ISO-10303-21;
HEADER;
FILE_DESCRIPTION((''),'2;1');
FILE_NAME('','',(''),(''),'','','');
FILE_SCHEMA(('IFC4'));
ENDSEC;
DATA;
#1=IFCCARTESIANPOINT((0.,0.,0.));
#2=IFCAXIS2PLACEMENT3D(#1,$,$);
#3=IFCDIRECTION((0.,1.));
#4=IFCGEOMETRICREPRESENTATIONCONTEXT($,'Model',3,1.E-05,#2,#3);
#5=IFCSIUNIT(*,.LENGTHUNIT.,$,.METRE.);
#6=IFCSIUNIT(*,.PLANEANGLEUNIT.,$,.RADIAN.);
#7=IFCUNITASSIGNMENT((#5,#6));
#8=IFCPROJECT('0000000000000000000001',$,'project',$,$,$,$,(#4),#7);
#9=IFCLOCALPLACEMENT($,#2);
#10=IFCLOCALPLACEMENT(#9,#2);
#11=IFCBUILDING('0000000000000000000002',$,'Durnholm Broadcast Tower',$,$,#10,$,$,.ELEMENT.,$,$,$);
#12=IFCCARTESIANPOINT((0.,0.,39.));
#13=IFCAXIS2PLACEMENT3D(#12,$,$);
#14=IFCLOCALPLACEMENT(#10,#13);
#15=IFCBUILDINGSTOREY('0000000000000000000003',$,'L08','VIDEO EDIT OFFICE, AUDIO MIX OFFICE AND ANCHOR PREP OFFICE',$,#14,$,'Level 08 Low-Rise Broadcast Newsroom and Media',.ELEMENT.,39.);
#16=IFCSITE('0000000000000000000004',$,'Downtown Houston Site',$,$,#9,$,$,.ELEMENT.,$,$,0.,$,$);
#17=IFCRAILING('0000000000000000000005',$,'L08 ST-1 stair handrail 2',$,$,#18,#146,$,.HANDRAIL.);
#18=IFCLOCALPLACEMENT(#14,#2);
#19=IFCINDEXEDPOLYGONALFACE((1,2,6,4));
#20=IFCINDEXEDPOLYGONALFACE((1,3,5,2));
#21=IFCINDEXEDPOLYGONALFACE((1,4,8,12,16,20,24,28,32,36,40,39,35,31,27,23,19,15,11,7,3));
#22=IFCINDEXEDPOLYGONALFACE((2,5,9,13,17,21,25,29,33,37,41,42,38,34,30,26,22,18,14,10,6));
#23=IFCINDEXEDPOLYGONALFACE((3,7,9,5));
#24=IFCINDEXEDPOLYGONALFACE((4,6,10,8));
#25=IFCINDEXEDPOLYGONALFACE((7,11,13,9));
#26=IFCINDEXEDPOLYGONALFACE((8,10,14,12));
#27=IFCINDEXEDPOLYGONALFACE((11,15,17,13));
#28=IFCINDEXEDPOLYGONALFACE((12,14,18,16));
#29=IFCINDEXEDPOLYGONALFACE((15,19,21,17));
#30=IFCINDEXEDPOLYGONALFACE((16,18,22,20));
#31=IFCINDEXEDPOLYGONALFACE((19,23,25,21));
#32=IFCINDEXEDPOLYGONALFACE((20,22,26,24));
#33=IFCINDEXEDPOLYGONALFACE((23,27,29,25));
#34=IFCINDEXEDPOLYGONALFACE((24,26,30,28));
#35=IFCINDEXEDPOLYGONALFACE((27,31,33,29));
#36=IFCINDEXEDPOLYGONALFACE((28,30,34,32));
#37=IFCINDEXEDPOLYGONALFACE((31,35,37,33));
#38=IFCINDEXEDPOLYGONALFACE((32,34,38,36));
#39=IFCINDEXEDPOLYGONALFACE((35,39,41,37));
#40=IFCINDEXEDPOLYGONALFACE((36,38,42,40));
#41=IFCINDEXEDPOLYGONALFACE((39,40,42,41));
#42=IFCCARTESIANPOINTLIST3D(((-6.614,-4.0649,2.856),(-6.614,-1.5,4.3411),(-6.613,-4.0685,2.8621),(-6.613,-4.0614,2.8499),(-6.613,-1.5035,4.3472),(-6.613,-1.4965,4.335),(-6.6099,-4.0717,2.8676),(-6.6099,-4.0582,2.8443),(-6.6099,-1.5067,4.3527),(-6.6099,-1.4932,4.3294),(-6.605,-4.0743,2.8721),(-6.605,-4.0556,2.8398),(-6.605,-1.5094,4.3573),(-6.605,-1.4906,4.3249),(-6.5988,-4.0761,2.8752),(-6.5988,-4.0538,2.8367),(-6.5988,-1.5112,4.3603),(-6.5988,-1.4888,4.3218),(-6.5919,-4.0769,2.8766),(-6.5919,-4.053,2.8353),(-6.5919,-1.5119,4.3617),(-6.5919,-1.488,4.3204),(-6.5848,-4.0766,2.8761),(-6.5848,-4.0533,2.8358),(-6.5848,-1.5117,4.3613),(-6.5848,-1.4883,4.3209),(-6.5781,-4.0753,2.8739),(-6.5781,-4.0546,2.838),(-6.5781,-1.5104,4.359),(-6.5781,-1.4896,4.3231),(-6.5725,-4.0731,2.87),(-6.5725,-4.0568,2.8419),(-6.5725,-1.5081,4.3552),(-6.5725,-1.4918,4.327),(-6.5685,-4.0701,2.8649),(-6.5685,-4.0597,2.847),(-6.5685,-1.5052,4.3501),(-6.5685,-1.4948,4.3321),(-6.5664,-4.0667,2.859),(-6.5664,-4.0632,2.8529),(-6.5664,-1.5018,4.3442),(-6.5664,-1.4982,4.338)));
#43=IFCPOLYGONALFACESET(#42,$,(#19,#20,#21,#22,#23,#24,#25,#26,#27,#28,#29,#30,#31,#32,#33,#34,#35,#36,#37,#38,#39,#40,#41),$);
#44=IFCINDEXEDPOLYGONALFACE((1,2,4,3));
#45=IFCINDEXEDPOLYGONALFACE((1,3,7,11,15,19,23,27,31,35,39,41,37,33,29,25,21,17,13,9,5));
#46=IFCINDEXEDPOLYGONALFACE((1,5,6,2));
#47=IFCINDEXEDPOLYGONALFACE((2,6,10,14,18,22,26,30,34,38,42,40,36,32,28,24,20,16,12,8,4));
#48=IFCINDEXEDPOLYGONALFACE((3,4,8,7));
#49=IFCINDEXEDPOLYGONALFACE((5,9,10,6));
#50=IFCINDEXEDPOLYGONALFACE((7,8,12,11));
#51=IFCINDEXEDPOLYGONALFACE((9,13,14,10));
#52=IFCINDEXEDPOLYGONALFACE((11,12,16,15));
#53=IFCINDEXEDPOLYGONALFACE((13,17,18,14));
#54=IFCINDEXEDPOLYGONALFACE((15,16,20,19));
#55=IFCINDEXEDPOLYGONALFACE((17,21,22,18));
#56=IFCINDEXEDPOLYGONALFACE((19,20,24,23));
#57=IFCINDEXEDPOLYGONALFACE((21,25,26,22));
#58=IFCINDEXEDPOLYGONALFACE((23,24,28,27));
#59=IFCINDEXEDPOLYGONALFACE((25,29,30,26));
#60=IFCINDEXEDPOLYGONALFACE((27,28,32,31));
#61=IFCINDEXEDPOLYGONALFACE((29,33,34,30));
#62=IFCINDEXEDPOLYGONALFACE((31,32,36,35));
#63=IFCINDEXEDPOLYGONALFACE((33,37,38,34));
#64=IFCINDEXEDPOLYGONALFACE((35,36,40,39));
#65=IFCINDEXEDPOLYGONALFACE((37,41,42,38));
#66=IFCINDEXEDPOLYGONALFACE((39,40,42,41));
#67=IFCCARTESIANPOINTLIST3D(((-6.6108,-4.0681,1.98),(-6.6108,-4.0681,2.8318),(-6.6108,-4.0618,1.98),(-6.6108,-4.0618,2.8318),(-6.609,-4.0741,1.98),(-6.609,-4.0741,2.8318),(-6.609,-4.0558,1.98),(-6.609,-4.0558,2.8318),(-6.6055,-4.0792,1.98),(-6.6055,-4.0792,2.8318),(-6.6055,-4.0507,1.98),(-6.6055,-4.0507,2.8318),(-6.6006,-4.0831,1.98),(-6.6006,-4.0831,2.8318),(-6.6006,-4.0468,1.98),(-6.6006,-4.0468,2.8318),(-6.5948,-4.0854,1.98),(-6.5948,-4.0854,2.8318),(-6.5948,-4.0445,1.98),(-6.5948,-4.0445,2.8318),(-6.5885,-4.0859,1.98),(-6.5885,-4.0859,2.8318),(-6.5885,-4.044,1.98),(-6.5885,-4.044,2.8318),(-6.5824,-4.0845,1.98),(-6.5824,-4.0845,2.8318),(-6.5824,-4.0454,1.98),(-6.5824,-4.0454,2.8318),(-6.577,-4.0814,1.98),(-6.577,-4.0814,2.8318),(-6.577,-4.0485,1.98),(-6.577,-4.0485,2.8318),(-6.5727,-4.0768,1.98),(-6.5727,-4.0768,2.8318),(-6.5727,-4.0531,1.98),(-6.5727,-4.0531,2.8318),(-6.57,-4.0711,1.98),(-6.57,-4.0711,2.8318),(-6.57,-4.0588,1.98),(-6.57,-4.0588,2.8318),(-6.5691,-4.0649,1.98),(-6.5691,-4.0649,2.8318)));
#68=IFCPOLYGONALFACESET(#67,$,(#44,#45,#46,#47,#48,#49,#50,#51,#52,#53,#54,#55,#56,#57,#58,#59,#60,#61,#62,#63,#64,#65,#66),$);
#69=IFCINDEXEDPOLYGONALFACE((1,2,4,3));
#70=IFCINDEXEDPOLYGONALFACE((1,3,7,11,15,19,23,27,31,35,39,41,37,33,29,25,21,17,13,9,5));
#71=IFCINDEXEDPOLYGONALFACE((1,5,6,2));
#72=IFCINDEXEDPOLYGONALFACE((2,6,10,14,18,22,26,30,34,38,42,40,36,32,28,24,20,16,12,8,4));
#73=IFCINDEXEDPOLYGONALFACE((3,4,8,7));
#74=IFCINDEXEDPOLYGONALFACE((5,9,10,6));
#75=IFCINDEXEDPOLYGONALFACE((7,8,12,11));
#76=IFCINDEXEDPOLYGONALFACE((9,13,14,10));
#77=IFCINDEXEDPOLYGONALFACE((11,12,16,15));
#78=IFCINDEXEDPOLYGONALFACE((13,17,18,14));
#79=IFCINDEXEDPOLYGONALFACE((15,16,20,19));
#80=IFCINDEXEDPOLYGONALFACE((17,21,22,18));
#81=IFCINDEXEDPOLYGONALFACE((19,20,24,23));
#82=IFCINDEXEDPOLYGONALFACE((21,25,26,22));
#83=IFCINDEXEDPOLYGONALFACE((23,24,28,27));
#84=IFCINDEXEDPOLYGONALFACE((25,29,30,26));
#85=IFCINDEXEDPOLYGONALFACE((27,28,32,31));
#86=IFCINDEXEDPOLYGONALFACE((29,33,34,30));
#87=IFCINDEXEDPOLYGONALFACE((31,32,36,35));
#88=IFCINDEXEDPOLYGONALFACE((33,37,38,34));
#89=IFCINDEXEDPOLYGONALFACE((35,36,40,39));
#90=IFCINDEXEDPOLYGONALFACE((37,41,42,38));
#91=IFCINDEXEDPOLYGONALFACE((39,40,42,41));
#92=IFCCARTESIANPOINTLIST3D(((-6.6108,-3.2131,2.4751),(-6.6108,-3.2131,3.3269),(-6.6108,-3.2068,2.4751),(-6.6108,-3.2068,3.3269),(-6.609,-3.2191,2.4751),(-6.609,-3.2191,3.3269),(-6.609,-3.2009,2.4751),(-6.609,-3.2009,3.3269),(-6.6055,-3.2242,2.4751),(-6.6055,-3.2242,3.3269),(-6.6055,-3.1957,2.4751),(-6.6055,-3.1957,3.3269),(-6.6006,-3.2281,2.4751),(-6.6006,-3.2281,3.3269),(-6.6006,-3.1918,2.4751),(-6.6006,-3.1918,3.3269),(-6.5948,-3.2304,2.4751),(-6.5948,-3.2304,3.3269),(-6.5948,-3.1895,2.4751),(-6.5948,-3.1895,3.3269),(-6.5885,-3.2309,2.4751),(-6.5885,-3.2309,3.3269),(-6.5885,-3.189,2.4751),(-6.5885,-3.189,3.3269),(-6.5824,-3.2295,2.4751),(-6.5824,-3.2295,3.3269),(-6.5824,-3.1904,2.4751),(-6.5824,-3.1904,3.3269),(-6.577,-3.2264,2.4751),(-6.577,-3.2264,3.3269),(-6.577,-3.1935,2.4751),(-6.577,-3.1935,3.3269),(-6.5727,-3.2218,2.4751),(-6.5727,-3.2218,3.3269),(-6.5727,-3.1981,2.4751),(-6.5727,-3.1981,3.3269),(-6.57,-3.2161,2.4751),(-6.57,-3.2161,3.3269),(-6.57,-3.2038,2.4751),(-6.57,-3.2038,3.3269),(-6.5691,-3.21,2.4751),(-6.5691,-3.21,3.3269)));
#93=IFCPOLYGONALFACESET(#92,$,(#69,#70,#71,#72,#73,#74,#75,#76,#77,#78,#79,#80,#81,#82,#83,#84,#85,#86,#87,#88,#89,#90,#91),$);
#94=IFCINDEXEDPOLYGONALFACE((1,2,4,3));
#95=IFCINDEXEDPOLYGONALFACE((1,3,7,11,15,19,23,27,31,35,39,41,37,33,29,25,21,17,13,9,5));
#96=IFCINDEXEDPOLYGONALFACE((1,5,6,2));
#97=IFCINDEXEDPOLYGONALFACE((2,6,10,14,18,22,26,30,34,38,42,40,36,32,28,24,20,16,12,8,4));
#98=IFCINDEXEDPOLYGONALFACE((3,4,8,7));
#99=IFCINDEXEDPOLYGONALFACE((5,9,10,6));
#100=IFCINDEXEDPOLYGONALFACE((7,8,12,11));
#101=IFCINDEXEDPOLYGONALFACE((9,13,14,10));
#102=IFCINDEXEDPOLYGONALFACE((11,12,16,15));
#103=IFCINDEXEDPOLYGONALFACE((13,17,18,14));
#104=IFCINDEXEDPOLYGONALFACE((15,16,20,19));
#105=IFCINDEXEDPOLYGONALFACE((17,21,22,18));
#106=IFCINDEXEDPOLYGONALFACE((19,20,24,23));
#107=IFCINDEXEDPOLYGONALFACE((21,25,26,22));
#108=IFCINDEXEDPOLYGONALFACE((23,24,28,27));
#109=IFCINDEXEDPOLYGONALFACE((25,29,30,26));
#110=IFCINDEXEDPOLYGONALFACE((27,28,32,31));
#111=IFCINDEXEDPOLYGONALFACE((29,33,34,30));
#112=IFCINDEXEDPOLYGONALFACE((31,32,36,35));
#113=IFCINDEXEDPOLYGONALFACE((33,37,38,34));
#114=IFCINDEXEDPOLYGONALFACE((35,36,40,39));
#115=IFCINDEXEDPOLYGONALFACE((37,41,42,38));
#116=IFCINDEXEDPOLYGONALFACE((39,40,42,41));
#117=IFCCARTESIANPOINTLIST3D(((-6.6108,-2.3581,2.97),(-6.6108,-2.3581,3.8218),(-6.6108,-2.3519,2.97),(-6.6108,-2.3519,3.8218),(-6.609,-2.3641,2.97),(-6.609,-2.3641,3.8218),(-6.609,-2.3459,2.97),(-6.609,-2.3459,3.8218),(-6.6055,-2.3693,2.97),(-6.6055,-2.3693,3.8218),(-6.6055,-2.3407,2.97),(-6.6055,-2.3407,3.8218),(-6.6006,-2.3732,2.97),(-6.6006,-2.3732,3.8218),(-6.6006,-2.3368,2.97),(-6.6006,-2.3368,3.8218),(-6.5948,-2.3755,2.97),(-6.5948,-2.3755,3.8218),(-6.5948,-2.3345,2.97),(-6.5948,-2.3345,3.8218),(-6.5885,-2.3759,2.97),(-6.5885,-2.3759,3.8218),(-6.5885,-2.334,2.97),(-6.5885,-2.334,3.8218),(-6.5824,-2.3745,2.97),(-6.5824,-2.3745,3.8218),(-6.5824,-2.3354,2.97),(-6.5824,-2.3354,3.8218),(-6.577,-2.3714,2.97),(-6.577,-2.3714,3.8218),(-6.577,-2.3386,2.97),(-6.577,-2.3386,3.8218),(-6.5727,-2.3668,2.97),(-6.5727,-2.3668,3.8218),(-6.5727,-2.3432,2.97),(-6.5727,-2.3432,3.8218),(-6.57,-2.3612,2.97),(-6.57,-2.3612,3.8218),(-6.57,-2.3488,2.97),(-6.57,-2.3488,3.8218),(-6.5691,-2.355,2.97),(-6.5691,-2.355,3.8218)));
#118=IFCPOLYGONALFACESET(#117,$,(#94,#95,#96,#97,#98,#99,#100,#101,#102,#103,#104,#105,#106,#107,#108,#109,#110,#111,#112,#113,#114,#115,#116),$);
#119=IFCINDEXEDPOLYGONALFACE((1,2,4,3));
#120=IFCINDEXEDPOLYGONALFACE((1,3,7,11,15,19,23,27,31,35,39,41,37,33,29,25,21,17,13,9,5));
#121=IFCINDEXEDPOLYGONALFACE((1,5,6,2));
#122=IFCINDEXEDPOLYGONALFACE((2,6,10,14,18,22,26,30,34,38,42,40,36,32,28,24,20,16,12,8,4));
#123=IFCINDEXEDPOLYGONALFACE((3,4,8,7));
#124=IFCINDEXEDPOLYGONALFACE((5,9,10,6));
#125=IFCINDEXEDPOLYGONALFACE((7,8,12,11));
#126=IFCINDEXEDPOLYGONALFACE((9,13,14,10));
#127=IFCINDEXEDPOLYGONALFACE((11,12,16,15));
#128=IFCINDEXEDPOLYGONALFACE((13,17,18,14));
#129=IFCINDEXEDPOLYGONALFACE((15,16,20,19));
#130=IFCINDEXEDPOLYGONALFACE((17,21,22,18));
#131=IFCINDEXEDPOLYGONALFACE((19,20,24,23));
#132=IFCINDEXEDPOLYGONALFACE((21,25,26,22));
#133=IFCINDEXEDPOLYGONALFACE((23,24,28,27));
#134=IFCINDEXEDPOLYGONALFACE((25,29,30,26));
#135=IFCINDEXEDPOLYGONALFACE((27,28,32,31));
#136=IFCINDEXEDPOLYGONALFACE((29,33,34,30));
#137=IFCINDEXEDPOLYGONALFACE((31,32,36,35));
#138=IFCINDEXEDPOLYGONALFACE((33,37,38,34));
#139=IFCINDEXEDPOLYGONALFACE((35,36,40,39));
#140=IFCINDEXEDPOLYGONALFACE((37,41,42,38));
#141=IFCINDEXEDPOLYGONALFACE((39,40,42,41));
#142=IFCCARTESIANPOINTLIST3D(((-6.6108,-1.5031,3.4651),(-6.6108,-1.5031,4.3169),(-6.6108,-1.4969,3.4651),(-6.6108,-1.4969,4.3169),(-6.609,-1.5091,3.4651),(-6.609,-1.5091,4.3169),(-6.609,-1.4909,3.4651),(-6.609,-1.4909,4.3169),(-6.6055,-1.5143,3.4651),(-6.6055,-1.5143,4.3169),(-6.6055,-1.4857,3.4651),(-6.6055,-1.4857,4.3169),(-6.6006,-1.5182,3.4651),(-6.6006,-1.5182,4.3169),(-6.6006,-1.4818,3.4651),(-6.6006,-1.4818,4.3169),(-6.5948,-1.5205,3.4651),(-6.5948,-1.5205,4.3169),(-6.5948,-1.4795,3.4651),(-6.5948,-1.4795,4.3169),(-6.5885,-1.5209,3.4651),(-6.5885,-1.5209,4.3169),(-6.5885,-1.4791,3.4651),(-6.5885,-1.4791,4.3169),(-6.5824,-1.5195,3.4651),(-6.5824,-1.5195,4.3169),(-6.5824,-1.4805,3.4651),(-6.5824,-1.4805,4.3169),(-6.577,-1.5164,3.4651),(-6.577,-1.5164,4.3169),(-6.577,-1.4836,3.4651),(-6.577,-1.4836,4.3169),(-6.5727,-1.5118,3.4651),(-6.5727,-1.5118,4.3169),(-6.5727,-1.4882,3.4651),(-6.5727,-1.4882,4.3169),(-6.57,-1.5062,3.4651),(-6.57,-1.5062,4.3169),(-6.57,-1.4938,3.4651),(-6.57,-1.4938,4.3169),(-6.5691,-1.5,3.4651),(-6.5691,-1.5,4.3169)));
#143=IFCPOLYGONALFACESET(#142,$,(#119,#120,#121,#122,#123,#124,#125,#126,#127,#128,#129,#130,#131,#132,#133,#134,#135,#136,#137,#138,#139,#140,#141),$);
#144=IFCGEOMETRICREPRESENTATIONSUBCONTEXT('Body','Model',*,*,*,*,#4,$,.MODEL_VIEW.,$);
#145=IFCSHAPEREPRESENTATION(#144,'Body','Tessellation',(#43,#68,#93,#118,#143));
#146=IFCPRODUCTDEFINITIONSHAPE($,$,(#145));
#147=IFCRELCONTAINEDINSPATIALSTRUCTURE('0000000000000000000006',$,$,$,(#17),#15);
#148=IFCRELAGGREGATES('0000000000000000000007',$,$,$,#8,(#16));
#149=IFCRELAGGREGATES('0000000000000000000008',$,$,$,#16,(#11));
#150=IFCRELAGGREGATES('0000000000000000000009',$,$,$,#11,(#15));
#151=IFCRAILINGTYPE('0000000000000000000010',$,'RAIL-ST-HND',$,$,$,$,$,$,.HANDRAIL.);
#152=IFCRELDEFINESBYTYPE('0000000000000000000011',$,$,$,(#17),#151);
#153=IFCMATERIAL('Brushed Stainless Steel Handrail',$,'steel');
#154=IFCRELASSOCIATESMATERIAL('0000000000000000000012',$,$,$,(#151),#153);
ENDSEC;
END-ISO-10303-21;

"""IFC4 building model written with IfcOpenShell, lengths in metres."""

from ifc_helpers import new_model, si_unit, direction, frame, origin, origin_2d, place, context, subcontext, project, spatial, circle, extrude, material, type_object, element, save


model = new_model("IFC4")

# Units and contexts
model_context = context("Model", 3, precision=1e-05, world=origin(), true_north=direction((0.0, 1.0)))
body_context = subcontext(model_context, "Body", "Model", "MODEL_VIEW")
ifc_project = project(units=[si_unit("LENGTHUNIT", "METRE"), si_unit("PLANEANGLEUNIT", "RADIAN")], contexts=[model_context])

# Site, building, storey
site_placement = place(None, origin())
site = spatial("IfcSite", under=ifc_project, at=site_placement, Name="Downtown Houston Site", CompositionType="ELEMENT", RefElevation=0.0)
building_placement = place(site_placement, origin())
building = spatial("IfcBuilding", under=site, at=building_placement, Name="Durnholm Broadcast Tower", CompositionType="ELEMENT")
storey_placement = place(building_placement, frame((0.0, 0.0, 39.0)))
storey = spatial("IfcBuildingStorey", under=building, at=storey_placement, Name="L08", Description="VIDEO EDIT OFFICE, AUDIO MIX OFFICE AND ANCHOR PREP OFFICE", LongName="Level 08 Low-Rise Broadcast Newsroom and Media", CompositionType="ELEMENT", Elevation=39.0)

# Railing
ifc_material_1 = material(Name="Brushed Stainless Steel Handrail", Category="steel")
railing_type_1 = type_object("IfcRailingType", Name="RAIL-ST-HND", PredefinedType="HANDRAIL", material=ifc_material_1)
railing_1_placement = place(storey_placement, frame((-6.5901, -4.0649, 1.98)))
element("IfcRailing", 1, at=railing_1_placement, inside=storey, type_object=railing_type_1, Name="L08 ST-1 stair handrail 2", PredefinedType="HANDRAIL", context=body_context, shape_type="SweptSolid", body=[
    extrude(circle(Radius=0.0239, at=origin_2d()), frame((0.0, 0.0, 0.876), z_axis=(0.0, 0.865406, 0.501072), x_axis=(-1.0, 0.0, 0.0)), (0.0, 0.0, 1.0), 2.9639),
    extrude(circle(Radius=0.021, at=origin_2d()), origin(), (0.0, 0.0, 1.0), 0.8518),
    extrude(circle(Radius=0.021, at=origin_2d()), frame((0.0, 0.855, 0.4951)), (0.0, 0.0, 1.0), 0.8518),
    extrude(circle(Radius=0.021, at=origin_2d()), frame((0.0, 1.71, 0.99)), (0.0, 0.0, 1.0), 0.8518),
    extrude(circle(Radius=0.021, at=origin_2d()), frame((0.0, 2.5649, 1.4851)), (0.0, 0.0, 1.0), 0.8518),
])

save(model, "model.ifc")
